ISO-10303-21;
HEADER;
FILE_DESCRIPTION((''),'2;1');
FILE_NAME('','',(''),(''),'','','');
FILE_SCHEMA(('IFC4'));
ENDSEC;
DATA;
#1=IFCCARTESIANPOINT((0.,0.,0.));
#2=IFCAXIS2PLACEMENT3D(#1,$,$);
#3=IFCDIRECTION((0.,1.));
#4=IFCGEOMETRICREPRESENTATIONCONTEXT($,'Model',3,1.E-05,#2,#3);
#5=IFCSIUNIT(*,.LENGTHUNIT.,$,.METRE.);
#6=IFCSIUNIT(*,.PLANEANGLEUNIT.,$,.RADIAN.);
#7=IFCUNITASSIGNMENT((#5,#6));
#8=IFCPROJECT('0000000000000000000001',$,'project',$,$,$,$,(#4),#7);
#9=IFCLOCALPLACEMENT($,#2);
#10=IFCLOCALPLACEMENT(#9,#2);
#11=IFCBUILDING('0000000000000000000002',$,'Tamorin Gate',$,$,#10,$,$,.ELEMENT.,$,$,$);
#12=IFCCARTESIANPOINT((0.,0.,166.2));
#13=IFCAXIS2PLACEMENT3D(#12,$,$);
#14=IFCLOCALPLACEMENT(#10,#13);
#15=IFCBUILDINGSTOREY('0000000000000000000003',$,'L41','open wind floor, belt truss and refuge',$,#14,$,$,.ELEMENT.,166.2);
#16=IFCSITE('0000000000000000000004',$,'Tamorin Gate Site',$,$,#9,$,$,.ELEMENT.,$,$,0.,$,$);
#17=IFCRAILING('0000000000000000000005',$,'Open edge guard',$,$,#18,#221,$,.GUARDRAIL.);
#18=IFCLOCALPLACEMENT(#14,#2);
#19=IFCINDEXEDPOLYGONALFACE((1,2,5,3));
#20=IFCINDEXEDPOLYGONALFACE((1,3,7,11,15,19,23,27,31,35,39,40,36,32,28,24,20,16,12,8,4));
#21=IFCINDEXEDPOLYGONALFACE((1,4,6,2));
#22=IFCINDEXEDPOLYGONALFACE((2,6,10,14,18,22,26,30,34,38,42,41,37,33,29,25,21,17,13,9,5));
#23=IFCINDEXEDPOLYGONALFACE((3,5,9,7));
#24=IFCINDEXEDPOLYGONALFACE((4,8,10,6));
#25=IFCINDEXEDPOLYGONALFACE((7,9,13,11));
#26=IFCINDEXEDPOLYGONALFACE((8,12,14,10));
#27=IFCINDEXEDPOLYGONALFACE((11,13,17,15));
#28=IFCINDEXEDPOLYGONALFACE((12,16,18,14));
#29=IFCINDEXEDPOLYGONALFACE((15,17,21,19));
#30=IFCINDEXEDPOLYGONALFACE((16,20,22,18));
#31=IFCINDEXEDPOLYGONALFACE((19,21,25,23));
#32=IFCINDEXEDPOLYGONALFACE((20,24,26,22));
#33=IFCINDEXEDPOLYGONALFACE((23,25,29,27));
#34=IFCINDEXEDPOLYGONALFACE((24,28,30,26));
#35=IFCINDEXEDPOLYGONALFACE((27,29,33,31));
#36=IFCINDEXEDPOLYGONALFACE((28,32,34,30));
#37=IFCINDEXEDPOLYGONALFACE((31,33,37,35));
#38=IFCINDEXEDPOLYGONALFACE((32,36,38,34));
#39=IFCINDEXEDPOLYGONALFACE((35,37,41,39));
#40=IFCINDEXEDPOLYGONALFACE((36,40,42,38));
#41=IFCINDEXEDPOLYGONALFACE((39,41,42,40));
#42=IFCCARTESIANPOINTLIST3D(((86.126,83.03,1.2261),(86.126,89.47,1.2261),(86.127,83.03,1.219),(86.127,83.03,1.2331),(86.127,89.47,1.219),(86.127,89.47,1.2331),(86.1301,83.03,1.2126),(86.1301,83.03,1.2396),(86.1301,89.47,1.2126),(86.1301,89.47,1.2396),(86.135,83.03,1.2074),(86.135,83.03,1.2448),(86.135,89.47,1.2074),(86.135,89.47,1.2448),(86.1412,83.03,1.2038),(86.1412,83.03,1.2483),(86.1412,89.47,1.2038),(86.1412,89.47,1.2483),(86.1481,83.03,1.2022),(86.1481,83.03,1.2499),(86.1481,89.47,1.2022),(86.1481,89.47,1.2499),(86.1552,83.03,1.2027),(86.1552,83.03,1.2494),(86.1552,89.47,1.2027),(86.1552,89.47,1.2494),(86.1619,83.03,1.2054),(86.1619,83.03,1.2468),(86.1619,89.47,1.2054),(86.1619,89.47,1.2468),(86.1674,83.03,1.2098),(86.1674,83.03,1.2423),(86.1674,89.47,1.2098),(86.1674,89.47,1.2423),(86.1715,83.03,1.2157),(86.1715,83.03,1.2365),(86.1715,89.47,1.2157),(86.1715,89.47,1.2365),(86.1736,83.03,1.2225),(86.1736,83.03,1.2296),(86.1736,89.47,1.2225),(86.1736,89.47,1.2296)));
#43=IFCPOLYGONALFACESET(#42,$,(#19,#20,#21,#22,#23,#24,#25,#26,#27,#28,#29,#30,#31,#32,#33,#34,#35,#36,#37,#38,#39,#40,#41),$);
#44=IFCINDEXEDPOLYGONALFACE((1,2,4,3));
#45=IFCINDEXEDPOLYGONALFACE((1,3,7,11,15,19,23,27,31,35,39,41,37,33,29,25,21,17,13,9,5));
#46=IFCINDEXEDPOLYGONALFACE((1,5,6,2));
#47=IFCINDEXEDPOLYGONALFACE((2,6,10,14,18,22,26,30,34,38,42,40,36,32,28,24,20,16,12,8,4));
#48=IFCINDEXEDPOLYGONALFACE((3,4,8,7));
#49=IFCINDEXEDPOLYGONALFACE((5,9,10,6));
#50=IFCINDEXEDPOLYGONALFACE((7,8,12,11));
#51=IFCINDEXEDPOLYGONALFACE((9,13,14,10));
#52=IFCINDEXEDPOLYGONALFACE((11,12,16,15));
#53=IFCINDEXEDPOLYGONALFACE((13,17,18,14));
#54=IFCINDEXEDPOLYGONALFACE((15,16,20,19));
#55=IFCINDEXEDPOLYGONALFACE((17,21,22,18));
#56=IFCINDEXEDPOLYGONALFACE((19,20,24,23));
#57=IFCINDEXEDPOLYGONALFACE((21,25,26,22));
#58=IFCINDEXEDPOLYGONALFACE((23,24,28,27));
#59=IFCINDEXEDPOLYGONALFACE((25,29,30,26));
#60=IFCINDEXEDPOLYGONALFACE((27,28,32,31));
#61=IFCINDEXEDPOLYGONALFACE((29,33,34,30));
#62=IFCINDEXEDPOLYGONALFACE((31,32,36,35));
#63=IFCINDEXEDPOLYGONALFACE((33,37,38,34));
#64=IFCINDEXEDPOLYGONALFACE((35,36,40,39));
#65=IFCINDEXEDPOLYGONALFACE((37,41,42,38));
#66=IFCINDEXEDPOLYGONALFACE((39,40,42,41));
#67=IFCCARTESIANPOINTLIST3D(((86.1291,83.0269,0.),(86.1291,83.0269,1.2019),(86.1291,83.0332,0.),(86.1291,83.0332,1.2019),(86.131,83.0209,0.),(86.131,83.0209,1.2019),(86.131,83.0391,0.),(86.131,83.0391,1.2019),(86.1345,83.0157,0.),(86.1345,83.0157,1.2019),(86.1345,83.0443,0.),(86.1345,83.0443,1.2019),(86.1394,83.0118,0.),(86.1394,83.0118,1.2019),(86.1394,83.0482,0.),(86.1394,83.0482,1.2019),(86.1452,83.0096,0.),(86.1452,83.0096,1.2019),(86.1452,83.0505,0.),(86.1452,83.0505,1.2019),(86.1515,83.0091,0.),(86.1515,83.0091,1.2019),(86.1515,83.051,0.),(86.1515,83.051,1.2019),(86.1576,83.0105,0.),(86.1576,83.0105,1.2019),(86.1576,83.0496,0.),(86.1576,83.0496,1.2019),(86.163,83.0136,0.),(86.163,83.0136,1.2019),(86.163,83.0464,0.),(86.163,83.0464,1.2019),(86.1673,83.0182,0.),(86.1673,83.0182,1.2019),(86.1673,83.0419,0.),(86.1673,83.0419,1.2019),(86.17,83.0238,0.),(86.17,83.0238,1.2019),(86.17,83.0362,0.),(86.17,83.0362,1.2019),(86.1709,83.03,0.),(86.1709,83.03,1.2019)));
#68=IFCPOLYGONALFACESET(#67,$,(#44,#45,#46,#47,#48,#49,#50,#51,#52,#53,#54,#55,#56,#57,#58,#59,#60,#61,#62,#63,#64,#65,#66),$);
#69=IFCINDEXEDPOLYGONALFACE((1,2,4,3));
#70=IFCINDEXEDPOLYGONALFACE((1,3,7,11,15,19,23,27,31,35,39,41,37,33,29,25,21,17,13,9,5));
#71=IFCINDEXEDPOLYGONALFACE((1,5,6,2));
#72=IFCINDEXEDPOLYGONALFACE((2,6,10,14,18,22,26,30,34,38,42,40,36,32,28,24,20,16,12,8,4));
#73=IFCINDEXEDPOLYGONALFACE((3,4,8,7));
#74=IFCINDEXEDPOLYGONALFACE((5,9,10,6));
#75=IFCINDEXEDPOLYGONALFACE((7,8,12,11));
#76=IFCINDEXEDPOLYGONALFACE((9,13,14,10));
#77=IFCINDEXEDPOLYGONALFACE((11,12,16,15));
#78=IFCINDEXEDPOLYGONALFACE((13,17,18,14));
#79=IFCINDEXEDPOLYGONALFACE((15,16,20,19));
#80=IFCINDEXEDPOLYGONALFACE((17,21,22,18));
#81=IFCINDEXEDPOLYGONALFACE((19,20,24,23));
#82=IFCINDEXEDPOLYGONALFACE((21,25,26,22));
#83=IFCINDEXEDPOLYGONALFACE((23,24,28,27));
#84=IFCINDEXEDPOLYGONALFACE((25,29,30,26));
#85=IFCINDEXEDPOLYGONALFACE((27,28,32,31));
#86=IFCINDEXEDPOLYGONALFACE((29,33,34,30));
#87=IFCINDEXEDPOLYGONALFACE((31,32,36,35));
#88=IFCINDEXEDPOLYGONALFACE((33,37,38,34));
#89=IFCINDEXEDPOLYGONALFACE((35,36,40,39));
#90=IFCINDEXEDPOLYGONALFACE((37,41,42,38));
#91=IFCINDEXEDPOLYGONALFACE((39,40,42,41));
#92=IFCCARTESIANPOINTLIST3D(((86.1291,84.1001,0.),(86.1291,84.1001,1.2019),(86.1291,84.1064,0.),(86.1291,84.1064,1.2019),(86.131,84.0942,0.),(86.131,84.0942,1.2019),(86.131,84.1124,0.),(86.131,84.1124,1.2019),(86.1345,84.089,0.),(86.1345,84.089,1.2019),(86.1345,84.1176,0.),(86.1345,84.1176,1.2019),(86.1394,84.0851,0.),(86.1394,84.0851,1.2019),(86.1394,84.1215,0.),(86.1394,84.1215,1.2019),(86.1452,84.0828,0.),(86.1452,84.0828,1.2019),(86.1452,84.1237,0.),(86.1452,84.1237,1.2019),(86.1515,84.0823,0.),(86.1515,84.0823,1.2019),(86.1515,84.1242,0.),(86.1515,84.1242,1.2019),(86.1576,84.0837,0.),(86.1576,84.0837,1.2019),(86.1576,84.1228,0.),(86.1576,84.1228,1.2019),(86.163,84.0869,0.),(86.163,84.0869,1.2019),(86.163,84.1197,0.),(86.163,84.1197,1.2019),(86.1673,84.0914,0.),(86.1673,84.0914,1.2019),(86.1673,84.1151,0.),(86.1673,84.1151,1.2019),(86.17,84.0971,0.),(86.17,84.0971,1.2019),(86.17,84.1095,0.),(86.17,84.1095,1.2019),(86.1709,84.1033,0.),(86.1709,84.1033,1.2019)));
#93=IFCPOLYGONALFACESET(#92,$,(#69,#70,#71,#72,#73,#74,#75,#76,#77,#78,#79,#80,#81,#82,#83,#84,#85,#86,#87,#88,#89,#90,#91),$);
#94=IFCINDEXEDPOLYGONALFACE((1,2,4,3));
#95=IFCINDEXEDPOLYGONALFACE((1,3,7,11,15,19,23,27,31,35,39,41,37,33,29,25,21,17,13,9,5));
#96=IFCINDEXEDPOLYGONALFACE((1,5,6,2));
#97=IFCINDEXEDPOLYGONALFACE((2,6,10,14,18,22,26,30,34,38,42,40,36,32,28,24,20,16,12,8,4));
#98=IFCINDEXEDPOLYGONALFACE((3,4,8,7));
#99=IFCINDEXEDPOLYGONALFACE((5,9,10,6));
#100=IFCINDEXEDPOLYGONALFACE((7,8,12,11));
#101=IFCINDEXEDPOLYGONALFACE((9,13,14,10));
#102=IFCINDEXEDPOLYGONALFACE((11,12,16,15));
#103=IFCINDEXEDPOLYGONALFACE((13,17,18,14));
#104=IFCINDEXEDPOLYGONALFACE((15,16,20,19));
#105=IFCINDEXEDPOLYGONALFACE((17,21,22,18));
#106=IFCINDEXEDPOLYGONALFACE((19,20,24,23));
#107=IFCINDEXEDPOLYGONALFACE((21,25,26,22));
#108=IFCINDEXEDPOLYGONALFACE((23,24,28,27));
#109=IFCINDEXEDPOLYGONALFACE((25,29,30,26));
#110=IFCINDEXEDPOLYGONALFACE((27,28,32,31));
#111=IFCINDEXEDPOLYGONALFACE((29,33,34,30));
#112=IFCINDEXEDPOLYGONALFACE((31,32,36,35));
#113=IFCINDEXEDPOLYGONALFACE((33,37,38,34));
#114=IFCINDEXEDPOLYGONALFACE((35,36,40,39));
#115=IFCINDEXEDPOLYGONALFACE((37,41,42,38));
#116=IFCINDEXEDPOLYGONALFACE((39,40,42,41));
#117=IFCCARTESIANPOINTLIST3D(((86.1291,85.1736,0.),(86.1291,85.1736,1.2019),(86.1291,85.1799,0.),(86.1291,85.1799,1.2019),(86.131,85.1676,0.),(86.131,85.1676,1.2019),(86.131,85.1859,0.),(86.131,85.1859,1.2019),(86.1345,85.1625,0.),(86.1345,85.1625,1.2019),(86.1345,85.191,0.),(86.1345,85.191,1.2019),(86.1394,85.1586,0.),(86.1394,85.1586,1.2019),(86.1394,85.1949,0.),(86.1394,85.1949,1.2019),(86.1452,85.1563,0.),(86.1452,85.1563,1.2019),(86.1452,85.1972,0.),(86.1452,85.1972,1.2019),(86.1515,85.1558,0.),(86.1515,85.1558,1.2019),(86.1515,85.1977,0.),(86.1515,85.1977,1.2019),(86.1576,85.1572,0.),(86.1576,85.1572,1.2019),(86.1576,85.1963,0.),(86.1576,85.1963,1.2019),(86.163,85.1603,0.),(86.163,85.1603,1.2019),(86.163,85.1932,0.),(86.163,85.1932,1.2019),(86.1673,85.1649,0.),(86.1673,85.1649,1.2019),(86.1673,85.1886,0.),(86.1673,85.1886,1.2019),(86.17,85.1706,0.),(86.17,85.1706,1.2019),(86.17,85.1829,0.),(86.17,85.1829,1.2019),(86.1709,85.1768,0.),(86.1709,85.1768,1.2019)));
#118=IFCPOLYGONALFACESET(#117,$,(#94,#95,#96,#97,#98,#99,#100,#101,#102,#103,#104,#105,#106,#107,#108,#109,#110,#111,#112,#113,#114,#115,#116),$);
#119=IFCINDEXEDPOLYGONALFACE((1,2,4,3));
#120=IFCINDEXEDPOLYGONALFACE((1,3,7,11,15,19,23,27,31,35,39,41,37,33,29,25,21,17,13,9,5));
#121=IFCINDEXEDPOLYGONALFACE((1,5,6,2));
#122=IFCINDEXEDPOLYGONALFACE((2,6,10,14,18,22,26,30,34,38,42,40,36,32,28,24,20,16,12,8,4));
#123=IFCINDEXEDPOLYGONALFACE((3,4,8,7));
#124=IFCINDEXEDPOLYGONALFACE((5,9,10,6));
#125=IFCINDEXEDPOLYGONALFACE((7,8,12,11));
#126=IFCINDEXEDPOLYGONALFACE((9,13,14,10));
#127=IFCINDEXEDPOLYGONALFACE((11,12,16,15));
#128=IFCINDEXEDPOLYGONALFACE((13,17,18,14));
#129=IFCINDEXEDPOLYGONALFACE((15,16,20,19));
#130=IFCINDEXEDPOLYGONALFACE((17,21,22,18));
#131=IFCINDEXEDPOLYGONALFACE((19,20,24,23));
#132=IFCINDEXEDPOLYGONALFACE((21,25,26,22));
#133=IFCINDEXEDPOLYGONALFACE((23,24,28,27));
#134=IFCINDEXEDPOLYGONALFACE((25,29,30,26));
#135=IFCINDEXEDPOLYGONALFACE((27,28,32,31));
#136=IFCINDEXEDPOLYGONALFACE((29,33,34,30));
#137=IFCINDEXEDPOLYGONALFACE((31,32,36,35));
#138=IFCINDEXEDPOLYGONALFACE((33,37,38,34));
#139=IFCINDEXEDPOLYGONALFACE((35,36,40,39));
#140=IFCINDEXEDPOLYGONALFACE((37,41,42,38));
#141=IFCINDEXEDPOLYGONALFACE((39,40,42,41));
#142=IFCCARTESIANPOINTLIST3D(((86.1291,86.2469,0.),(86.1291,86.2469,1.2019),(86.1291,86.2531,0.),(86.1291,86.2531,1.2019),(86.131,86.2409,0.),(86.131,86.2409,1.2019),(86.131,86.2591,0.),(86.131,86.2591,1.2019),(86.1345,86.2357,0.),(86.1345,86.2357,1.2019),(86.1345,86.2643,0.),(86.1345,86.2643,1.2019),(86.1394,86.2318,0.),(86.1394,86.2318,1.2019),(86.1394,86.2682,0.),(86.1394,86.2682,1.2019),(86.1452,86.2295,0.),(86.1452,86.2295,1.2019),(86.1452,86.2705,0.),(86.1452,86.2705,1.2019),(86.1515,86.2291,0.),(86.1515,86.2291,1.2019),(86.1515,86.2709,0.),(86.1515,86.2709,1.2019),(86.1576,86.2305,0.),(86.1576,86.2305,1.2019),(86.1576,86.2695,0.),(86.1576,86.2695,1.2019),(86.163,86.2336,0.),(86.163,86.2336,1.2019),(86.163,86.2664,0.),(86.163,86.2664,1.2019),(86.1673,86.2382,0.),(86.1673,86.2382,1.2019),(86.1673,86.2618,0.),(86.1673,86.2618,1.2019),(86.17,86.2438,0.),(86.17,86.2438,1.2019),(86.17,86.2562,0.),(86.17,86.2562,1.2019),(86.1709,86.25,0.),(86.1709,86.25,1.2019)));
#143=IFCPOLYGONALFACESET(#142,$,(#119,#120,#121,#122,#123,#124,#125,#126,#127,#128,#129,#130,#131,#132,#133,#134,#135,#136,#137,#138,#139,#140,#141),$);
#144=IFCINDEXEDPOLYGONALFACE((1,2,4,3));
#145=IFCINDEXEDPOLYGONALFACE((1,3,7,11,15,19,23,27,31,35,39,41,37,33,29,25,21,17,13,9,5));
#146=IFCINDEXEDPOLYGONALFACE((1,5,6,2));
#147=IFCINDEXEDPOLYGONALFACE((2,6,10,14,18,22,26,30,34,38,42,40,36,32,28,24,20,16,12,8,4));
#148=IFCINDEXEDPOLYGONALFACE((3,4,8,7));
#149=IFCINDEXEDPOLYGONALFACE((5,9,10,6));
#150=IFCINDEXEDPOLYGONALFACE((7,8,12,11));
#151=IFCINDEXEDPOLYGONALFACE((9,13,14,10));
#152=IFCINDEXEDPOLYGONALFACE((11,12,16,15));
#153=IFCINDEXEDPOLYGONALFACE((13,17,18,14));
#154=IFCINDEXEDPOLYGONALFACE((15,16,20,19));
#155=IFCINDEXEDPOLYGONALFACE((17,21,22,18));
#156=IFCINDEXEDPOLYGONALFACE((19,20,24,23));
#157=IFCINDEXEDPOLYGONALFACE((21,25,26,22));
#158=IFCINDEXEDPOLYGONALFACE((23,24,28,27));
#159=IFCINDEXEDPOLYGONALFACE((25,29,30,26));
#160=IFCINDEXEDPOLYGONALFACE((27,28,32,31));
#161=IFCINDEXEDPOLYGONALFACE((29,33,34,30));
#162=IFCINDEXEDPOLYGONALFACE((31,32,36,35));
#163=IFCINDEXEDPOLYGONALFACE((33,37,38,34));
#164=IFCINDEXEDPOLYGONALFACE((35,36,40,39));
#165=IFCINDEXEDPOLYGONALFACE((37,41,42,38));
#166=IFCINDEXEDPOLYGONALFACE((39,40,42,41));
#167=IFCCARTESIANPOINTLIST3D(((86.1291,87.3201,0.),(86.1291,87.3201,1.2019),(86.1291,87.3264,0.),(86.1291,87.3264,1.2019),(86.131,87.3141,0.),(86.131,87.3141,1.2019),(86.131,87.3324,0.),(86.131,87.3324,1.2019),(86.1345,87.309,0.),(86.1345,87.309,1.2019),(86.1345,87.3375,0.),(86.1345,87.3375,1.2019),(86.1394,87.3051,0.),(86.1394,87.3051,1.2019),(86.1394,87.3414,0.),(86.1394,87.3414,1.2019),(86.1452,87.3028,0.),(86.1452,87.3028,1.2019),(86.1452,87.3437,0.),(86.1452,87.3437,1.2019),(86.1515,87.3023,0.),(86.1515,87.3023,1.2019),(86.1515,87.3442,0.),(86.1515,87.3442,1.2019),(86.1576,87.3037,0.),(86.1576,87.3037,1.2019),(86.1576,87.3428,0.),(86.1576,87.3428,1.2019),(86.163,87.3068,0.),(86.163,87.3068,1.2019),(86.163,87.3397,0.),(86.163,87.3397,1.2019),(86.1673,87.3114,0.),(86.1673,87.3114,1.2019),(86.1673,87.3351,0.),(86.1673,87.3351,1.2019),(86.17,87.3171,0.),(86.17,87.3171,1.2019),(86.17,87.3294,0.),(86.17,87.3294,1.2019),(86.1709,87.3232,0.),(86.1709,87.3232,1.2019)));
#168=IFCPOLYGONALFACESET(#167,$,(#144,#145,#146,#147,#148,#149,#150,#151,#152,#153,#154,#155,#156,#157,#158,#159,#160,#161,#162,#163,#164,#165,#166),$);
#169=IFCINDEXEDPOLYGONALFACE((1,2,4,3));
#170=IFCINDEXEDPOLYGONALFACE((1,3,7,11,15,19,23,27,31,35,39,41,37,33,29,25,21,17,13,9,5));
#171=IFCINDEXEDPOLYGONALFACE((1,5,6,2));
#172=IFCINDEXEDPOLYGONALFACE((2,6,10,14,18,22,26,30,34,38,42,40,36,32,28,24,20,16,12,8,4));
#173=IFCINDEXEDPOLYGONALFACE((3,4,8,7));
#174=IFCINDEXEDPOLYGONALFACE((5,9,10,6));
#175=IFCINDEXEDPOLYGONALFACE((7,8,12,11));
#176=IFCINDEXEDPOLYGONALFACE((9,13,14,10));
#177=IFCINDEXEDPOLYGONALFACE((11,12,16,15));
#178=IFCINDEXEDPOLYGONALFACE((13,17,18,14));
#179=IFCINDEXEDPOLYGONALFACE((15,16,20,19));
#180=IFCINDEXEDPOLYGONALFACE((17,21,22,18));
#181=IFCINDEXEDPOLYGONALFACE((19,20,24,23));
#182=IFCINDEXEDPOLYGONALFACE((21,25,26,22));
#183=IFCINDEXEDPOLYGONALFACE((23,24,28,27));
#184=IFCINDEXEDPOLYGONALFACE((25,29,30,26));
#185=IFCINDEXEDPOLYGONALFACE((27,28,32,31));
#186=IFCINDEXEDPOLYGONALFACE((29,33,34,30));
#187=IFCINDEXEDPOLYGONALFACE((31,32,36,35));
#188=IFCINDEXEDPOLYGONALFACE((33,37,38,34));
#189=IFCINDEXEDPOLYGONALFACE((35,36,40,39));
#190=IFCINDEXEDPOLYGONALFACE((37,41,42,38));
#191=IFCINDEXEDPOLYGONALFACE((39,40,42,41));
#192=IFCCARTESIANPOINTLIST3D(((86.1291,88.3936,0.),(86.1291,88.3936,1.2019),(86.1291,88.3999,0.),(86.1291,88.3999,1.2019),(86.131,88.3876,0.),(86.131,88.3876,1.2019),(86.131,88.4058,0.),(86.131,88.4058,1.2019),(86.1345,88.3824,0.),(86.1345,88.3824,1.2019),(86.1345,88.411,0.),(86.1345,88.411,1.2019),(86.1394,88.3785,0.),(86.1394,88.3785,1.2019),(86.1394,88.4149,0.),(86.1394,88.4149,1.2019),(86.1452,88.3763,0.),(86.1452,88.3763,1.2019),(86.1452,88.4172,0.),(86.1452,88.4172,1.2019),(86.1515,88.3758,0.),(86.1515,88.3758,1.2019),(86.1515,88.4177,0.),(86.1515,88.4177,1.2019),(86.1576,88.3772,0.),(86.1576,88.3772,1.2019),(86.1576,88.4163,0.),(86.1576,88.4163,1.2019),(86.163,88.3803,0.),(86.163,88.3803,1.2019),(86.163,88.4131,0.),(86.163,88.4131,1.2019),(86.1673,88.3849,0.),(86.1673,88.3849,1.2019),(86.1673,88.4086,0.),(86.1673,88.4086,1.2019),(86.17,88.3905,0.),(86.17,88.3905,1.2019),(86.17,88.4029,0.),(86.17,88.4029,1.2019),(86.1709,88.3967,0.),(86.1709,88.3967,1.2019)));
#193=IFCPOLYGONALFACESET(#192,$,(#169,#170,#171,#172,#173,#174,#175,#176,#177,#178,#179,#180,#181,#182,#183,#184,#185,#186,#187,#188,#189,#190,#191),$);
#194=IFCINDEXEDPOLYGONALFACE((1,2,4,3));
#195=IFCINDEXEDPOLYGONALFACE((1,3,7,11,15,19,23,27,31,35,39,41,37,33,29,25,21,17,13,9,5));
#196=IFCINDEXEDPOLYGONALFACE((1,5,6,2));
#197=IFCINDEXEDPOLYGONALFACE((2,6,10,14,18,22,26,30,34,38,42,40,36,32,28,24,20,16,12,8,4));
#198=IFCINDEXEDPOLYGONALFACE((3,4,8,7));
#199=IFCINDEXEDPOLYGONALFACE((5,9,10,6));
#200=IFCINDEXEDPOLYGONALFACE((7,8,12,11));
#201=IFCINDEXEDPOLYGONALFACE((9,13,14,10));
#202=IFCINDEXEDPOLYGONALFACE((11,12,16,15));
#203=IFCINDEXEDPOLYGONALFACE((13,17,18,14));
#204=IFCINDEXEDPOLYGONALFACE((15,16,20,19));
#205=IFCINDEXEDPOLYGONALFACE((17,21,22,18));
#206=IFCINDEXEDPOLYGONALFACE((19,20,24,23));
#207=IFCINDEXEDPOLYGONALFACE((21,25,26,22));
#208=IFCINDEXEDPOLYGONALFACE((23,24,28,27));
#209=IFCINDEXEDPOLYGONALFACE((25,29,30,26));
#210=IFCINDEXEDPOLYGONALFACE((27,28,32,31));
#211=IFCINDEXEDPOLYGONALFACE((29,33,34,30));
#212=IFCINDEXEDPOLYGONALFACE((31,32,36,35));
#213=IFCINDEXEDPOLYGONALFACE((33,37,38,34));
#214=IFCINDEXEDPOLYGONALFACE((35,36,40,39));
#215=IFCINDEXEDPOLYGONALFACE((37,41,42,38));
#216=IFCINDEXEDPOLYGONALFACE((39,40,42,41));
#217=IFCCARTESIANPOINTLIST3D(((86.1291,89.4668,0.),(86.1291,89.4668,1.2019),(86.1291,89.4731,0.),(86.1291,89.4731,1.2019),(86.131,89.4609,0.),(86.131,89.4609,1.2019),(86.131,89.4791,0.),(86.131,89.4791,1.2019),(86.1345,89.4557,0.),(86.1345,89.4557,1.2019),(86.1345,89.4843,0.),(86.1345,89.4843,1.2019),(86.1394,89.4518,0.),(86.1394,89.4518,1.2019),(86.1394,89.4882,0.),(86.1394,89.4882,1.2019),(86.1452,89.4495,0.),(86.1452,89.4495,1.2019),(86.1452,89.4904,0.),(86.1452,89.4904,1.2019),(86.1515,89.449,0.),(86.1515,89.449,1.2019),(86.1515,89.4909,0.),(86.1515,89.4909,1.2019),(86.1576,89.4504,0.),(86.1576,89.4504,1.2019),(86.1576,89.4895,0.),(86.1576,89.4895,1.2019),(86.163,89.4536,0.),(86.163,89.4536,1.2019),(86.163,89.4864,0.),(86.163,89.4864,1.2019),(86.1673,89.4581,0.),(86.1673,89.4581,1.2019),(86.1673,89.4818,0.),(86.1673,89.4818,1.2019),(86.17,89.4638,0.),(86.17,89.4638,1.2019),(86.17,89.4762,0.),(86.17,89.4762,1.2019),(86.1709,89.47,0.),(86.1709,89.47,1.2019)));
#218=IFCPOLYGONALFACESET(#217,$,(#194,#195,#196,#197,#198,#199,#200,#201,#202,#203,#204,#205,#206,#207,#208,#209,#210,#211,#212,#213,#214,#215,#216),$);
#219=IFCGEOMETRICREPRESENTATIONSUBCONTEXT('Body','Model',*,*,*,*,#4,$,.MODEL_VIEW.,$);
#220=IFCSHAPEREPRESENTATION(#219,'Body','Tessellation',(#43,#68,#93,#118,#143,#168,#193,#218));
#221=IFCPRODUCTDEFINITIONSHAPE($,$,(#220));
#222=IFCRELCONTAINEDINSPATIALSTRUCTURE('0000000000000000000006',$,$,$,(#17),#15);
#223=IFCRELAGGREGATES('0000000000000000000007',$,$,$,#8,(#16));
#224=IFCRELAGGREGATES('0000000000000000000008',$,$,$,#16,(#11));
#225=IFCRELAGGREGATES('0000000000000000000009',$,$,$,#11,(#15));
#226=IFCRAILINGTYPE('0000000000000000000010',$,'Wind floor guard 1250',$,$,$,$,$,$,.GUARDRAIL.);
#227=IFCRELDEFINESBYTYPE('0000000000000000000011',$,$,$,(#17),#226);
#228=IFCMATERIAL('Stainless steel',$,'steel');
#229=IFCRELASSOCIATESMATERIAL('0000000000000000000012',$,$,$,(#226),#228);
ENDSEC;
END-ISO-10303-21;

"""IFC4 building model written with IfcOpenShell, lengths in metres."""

from ifc_helpers import new_model, si_unit, direction, frame, origin, origin_2d, place, context, subcontext, project, spatial, circle, extrude, material, type_object, element, save


model = new_model("IFC4")

# Units and contexts
model_context = context("Model", 3, precision=1e-05, world=origin(), true_north=direction((0.0, 1.0)))
body_context = subcontext(model_context, "Body", "Model", "MODEL_VIEW")
ifc_project = project(units=[si_unit("LENGTHUNIT", "METRE"), si_unit("PLANEANGLEUNIT", "RADIAN")], contexts=[model_context])

# Site, building, storey
site_placement = place(None, origin())
site = spatial("IfcSite", under=ifc_project, at=site_placement, Name="Tamorin Gate Site", CompositionType="ELEMENT", RefElevation=0.0)
building_placement = place(site_placement, origin())
building = spatial("IfcBuilding", under=site, at=building_placement, Name="Tamorin Gate", CompositionType="ELEMENT")
storey_placement = place(building_placement, frame((0.0, 0.0, 166.2)))
storey = spatial("IfcBuildingStorey", under=building, at=storey_placement, Name="L41", Description="open wind floor, belt truss and refuge", CompositionType="ELEMENT", Elevation=166.2)

# Railing
ifc_material_1 = material(Name="Stainless steel", Category="steel")
railing_type = type_object("IfcRailingType", Name="Wind floor guard 1250", PredefinedType="GUARDRAIL", material=ifc_material_1)
railing_1_placement = place(storey_placement, frame((86.1499, 83.03, 0.0)))
element("IfcRailing", 1, at=railing_1_placement, inside=storey, type_object=railing_type, Name="Open edge guard", PredefinedType="GUARDRAIL", context=body_context, shape_type="SweptSolid", body=[
    extrude(circle(Radius=0.0239, at=origin_2d()), frame((0.0, 0.0, 1.2261), z_axis=(0.0, 1.0, 0.0), x_axis=(-1.0, 0.0, 0.0)), (0.0, 0.0, 1.0), 6.4399),
    extrude(circle(Radius=0.021, at=origin_2d()), origin(), (0.0, 0.0, 1.0), 1.2019),
    extrude(circle(Radius=0.021, at=origin_2d()), frame((0.0, 1.0732, 0.0)), (0.0, 0.0, 1.0), 1.2019),
    extrude(circle(Radius=0.021, at=origin_2d()), frame((0.0, 2.1467, 0.0)), (0.0, 0.0, 1.0), 1.2019),
    extrude(circle(Radius=0.021, at=origin_2d()), frame((0.0, 3.22, 0.0)), (0.0, 0.0, 1.0), 1.2019),
    extrude(circle(Radius=0.021, at=origin_2d()), frame((0.0, 4.2932, 0.0)), (0.0, 0.0, 1.0), 1.2019),
    extrude(circle(Radius=0.021, at=origin_2d()), frame((0.0, 5.3667, 0.0)), (0.0, 0.0, 1.0), 1.2019),
    extrude(circle(Radius=0.021, at=origin_2d()), frame((0.0, 6.4399, 0.0)), (0.0, 0.0, 1.0), 1.2019),
])

save(model, "model.ifc")
